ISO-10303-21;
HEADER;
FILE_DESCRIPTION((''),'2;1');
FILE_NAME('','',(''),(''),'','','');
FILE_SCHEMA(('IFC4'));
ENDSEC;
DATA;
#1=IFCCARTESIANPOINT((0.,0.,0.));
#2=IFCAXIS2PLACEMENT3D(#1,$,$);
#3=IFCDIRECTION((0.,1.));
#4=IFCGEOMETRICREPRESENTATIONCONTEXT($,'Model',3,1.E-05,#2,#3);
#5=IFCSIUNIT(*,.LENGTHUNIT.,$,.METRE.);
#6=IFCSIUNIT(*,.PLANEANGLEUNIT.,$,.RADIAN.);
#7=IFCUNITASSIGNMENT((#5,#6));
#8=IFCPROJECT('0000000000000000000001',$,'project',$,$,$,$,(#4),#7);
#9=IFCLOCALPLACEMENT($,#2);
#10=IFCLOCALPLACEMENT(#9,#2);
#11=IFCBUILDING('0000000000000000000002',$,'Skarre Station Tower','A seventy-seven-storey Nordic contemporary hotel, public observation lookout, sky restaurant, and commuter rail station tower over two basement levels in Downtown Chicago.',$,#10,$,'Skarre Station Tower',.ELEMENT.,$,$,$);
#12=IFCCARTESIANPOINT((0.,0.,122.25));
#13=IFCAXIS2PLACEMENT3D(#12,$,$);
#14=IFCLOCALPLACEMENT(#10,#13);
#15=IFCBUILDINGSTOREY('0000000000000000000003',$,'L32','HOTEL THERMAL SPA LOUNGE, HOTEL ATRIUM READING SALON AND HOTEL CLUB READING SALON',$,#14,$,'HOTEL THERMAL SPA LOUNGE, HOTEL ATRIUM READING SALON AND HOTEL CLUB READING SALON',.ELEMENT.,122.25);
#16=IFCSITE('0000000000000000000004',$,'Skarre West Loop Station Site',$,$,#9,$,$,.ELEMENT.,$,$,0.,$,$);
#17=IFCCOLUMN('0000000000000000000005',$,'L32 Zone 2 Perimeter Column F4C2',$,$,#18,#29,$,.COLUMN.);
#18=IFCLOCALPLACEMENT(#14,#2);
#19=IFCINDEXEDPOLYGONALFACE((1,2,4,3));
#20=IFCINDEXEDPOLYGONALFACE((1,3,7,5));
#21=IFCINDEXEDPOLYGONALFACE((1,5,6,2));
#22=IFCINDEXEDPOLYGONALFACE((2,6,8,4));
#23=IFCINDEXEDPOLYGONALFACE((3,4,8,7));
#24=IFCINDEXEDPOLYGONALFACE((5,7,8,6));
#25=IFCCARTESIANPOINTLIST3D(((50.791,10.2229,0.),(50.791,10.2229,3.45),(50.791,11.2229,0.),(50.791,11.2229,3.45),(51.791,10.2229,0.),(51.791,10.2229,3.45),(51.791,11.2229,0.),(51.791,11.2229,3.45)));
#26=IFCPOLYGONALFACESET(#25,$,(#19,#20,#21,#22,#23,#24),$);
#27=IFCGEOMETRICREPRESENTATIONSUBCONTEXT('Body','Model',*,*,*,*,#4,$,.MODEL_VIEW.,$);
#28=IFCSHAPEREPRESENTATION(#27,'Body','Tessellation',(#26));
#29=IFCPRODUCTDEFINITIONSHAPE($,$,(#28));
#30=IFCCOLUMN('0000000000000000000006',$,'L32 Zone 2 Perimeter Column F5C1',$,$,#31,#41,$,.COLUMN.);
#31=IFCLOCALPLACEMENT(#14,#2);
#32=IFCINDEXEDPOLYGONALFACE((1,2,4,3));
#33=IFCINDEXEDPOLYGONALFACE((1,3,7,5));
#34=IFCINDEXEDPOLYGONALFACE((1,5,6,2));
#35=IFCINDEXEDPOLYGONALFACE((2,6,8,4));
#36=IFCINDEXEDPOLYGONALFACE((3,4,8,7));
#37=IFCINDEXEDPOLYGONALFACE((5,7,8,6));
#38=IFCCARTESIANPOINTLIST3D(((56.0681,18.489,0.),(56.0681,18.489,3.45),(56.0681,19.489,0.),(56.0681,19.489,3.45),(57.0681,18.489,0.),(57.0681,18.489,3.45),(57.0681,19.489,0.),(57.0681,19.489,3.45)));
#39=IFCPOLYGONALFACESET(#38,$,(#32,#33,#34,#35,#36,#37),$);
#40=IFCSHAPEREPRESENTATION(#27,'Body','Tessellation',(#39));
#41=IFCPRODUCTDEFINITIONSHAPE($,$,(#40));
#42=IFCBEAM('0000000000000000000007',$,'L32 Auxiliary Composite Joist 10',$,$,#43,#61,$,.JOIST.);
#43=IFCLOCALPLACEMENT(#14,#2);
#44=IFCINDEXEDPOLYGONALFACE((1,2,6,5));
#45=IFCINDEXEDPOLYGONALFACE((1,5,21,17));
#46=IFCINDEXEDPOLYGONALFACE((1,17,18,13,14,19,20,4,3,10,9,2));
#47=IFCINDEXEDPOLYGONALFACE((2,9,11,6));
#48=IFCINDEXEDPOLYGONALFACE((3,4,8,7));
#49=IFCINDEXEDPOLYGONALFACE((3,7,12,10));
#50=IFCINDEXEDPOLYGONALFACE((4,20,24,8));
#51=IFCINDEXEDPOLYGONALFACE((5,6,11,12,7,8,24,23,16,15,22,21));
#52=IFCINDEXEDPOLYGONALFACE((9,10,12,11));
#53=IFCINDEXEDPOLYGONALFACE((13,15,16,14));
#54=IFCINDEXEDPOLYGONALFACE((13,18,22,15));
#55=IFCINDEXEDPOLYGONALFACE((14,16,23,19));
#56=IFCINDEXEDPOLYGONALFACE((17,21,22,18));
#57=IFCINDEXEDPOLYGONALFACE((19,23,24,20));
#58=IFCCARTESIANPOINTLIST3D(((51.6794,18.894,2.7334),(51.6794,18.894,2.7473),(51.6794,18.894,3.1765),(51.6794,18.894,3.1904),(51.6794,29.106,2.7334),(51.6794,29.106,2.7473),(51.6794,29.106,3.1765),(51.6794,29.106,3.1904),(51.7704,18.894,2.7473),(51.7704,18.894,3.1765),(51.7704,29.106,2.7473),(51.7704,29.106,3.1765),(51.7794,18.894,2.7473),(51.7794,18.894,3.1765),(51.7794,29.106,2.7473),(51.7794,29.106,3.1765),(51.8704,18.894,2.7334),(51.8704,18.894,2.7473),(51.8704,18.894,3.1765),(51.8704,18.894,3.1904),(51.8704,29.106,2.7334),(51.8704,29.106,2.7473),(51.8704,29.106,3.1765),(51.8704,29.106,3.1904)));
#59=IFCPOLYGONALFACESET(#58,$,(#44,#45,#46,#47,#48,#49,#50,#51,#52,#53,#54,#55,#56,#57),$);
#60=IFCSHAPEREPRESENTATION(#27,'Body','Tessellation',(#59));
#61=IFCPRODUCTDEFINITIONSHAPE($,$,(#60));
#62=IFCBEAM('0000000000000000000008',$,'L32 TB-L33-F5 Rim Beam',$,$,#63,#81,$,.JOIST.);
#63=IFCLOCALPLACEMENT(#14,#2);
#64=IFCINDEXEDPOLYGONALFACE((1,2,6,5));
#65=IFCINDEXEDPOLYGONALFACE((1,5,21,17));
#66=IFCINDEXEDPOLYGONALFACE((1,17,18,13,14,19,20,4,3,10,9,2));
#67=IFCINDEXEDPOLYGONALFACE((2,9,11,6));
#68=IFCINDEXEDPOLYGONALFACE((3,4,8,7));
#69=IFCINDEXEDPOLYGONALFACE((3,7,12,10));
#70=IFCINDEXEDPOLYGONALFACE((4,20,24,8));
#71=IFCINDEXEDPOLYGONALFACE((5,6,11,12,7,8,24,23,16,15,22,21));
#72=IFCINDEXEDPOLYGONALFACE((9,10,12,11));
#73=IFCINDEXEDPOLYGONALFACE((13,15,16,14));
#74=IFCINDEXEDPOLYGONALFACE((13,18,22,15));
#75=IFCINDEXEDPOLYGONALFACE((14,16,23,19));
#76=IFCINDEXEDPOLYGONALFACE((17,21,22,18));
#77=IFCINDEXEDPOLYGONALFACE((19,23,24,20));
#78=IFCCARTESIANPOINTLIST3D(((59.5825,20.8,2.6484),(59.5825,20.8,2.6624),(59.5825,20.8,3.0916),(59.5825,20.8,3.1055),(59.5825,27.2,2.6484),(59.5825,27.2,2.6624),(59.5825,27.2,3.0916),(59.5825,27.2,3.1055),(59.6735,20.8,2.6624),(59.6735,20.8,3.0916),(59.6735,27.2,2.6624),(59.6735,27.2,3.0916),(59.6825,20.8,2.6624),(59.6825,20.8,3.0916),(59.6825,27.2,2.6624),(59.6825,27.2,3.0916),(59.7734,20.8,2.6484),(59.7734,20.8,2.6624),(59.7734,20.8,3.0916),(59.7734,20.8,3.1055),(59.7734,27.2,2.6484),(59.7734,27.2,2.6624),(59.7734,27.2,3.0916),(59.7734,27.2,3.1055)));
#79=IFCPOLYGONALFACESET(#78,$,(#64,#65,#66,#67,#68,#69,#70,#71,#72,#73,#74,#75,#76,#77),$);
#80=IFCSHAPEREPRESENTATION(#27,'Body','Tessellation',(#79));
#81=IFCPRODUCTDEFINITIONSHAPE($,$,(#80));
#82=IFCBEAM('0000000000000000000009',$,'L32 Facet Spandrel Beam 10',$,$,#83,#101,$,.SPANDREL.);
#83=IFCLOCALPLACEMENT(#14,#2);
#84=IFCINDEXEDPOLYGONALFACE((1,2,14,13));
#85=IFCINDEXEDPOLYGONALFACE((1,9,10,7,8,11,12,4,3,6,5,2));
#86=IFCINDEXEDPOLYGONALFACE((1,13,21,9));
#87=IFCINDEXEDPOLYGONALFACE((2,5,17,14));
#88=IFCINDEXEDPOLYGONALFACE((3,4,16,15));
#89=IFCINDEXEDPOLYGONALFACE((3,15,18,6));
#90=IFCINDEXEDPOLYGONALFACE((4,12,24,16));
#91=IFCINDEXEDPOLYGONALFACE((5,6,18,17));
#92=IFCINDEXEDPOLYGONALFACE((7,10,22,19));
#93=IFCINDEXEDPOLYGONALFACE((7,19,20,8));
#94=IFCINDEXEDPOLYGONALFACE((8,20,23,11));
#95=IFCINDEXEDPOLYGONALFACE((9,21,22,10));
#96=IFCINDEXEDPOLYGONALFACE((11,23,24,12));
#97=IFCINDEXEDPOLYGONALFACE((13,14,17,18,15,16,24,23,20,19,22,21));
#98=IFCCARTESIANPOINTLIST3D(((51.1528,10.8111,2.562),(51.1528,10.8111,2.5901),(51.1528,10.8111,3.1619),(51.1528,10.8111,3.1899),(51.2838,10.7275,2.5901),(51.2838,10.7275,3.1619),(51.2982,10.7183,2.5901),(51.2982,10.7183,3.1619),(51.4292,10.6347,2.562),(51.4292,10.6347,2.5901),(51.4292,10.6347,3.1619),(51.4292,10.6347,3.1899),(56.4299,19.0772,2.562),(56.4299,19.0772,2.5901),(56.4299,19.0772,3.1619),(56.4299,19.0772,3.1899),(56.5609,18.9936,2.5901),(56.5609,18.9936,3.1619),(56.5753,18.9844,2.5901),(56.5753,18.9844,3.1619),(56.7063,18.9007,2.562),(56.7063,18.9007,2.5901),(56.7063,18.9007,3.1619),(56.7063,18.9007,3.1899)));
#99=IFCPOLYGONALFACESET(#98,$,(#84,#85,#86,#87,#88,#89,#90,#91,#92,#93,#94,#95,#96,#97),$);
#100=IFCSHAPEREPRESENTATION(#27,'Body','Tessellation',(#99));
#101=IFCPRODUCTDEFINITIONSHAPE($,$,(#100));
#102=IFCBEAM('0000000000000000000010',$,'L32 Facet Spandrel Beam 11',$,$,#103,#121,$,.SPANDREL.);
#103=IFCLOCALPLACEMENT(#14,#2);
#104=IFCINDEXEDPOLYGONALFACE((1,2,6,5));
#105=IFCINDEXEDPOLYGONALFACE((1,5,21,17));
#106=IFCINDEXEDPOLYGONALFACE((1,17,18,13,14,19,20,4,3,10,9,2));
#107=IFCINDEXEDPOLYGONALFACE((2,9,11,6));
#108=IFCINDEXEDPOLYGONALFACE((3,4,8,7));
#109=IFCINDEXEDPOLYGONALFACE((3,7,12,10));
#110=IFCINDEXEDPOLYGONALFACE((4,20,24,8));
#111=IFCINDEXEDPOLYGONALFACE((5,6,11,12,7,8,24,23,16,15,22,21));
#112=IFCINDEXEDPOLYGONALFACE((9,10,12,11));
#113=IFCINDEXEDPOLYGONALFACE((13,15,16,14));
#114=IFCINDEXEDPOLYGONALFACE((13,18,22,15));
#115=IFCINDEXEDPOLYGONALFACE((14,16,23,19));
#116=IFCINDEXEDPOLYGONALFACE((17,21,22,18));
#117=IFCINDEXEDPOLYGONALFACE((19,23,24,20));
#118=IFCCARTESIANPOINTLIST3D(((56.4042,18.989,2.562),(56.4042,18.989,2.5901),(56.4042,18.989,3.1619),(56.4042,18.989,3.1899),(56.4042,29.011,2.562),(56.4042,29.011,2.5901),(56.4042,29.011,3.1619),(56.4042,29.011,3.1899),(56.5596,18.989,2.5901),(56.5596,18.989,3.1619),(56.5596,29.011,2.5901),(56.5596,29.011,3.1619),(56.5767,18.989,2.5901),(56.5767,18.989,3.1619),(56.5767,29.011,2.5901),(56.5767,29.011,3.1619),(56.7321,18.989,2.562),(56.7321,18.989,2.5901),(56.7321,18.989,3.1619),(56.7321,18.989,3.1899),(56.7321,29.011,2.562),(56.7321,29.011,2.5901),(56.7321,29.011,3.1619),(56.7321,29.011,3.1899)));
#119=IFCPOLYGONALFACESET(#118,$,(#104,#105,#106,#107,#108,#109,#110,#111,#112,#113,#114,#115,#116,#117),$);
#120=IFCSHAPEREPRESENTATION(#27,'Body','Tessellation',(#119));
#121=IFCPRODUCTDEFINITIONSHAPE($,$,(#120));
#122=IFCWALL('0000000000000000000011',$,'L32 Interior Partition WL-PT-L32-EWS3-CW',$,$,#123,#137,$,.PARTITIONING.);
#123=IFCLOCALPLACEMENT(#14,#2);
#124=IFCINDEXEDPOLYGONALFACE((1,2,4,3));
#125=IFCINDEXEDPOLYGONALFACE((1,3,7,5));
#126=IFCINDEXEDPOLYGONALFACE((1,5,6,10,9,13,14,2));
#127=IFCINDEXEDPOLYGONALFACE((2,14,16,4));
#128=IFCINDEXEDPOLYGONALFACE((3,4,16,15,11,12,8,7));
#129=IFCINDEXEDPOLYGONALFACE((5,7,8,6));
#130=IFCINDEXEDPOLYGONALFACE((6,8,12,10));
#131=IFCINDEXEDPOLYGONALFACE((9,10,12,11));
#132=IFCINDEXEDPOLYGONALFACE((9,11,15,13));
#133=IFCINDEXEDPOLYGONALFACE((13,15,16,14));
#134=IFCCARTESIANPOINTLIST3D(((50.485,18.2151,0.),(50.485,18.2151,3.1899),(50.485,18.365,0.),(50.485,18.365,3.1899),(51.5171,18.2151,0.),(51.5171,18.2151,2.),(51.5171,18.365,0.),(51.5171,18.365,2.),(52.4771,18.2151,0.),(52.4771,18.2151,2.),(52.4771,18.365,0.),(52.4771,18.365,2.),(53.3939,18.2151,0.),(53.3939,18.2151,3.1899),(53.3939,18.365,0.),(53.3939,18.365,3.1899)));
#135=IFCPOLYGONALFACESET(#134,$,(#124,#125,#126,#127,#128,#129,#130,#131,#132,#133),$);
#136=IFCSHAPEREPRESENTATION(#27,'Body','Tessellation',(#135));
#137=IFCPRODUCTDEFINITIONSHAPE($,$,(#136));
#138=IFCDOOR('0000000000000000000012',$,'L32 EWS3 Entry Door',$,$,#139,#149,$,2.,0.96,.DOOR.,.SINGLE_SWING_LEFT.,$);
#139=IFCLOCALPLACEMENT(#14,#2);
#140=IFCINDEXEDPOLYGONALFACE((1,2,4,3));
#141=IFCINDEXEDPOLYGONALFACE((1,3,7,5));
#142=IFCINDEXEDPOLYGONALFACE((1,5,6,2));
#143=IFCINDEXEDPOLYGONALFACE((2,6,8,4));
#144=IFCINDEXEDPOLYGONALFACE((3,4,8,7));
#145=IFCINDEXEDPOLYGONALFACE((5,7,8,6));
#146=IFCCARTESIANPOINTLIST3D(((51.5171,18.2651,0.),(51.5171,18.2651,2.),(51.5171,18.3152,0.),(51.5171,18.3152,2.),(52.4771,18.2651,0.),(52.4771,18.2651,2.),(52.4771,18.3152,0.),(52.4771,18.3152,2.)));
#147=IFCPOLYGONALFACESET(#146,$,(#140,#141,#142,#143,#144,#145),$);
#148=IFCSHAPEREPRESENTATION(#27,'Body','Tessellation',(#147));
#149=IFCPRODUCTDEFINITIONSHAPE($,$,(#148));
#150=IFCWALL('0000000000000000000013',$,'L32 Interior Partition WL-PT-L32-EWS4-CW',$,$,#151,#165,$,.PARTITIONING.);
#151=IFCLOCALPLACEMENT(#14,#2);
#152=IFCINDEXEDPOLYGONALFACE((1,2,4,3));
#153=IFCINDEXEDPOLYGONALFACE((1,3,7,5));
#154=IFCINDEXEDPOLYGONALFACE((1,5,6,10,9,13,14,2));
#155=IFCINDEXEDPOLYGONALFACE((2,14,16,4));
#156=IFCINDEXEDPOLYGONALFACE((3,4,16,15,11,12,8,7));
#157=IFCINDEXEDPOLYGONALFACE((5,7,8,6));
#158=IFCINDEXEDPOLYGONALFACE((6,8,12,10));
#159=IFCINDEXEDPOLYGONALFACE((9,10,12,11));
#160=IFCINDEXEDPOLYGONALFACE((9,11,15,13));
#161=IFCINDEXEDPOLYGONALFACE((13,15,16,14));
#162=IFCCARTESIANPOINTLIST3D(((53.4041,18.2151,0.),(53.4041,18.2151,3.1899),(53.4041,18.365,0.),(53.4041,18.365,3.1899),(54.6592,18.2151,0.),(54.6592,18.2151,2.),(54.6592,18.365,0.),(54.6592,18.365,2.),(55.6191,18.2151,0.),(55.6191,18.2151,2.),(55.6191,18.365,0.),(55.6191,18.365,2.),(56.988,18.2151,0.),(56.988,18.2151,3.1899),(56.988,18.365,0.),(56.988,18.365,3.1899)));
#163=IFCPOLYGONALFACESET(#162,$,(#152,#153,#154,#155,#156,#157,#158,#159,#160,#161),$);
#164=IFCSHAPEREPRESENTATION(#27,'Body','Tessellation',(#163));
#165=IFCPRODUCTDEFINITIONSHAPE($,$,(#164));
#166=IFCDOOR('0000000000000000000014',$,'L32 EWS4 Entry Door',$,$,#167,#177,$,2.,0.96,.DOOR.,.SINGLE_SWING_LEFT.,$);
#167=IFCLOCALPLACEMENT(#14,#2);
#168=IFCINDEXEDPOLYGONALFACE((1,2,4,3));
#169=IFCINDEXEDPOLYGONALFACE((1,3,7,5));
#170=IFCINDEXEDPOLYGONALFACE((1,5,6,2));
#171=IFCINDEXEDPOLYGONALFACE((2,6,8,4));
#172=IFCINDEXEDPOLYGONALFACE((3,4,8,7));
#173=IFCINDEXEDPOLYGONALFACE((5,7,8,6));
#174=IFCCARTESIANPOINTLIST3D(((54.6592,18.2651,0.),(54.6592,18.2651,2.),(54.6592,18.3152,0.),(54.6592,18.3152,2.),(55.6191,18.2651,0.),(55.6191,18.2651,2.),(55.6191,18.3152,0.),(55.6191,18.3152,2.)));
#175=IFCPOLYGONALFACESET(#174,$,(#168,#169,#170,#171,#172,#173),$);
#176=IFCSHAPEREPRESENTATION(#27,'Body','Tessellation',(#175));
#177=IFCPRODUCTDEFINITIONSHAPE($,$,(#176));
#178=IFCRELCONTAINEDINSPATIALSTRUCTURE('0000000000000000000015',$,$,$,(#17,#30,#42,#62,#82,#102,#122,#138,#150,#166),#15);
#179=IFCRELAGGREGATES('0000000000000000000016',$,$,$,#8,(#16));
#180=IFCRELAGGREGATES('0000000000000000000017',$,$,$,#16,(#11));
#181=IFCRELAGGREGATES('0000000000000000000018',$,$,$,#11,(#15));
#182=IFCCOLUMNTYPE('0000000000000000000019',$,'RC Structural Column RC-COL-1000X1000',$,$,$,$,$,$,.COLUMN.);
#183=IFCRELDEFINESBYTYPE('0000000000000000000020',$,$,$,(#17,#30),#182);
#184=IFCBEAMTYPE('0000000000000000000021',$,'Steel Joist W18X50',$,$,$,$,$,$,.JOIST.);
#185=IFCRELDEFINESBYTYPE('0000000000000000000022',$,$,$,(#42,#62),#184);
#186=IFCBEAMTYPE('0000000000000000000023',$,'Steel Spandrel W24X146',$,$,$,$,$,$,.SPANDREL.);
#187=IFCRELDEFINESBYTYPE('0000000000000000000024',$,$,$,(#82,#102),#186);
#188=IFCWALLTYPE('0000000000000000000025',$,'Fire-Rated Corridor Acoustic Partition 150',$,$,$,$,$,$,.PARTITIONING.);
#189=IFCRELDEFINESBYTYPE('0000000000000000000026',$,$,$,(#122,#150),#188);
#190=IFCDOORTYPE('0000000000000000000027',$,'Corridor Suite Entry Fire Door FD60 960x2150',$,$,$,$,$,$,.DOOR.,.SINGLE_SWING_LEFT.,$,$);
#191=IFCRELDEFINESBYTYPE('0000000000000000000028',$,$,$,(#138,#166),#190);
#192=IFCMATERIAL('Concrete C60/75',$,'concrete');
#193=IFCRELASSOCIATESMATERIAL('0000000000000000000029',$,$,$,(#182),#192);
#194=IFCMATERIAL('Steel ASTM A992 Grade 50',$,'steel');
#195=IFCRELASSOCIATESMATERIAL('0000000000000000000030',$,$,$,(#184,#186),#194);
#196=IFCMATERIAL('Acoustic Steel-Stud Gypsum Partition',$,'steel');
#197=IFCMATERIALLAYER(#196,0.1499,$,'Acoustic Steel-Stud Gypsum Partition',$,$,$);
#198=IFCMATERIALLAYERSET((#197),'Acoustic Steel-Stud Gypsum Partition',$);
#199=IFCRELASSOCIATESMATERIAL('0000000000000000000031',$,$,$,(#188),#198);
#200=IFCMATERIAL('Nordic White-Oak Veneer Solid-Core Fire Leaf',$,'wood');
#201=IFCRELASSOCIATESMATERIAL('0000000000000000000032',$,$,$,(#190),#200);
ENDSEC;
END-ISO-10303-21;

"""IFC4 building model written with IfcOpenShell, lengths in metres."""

from ifc_helpers import new_model, si_unit, direction, frame, frame_2d, origin, origin_2d, place, context, subcontext, project, spatial, rectangle, i_section, extrude, material, layer, layer_set, material_profile, profile_set, type_object, element, fill, save


model = new_model("IFC4")

# Units and contexts
model_context = context("Model", 3, precision=1e-05, world=origin(), true_north=direction((0.0, 1.0)))
body_context = subcontext(model_context, "Body", "Model", "MODEL_VIEW")
ifc_project = project(units=[si_unit("LENGTHUNIT", "METRE"), si_unit("PLANEANGLEUNIT", "RADIAN")], contexts=[model_context])

# Site, building, storey
site_placement = place(None, origin())
site = spatial("IfcSite", under=ifc_project, at=site_placement, Name="Skarre West Loop Station Site", CompositionType="ELEMENT", RefElevation=0.0)
building_placement = place(site_placement, origin())
building = spatial("IfcBuilding", under=site, at=building_placement, Name="Skarre Station Tower", Description="A seventy-seven-storey Nordic contemporary hotel, public observation lookout, sky restaurant, and commuter rail station tower over two basement levels in Downtown Chicago.", LongName="Skarre Station Tower", CompositionType="ELEMENT")
storey_placement = place(building_placement, frame((0.0, 0.0, 122.25)))
storey = spatial("IfcBuildingStorey", under=building, at=storey_placement, Name="L32", Description="HOTEL THERMAL SPA LOUNGE, HOTEL ATRIUM READING SALON AND HOTEL CLUB READING SALON", LongName="HOTEL THERMAL SPA LOUNGE, HOTEL ATRIUM READING SALON AND HOTEL CLUB READING SALON", CompositionType="ELEMENT", Elevation=122.25)

# Columns
ifc_material_1 = material(Name="Concrete C60/75", Category="concrete")
ifc_material_profile_1 = material_profile(ifc_material_1, rectangle(XDim=1.0, YDim=1.0, at=origin_2d()), Name="Concrete C60/75")
ifc_profile_set_1 = profile_set([ifc_material_profile_1], Name="Concrete C60/75")
column_type = type_object("IfcColumnType", Name="RC Structural Column RC-COL-1000X1000", PredefinedType="COLUMN", material=ifc_profile_set_1)
for number, where, z_axis, x_axis, name in (
    (1, (51.291, 10.7229, 0.0), (0.0, 0.0, 1.0), (1.0, 0.0, 0.0), "L32 Zone 2 Perimeter Column F4C2"),
    (2, (56.5681, 18.989, 0.0), (0.0, 0.0, 1.0), (1.0, 0.0, 0.0), "L32 Zone 2 Perimeter Column F5C1"),
):
    element("IfcColumn", number, at=place(storey_placement, frame(where, z_axis=z_axis, x_axis=x_axis)), inside=storey, type_object=column_type, Name=name, PredefinedType="COLUMN", context=body_context, shape_type="SweptSolid", body=[
        extrude(rectangle(XDim=1.0, YDim=1.0, at=origin_2d()), origin(), (0.0, 0.0, 1.0), 3.45),
    ])

# Beams
ifc_material_2 = material(Name="Steel ASTM A992 Grade 50", Category="steel")
ifc_material_profile_2 = material_profile(ifc_material_2, i_section(OverallWidth=0.1909, OverallDepth=0.457, WebThickness=0.009, FlangeThickness=0.0139, at=origin_2d()), Name="Steel ASTM A992 Grade 50")
ifc_profile_set_2 = profile_set([ifc_material_profile_2], Name="Steel ASTM A992 Grade 50")
beam_type_1 = type_object("IfcBeamType", Name="Steel Joist W18X50", PredefinedType="JOIST", material=ifc_profile_set_2)
beam_1_placement = place(storey_placement, frame((51.7749, 18.894, 2.9619), z_axis=(0.0, 1.0, 0.0), x_axis=(-1.0, 0.0, 0.0)))
element("IfcBeam", 3, at=beam_1_placement, inside=storey, type_object=beam_type_1, Name="L32 Auxiliary Composite Joist 10", PredefinedType="JOIST", context=body_context, shape_type="SweptSolid", body=[
    extrude(i_section(OverallWidth=0.1909, OverallDepth=0.457, WebThickness=0.009, FlangeThickness=0.0139, at=origin_2d()), origin(), (0.0, 0.0, 1.0), 10.2119),
])
beam_2_placement = place(storey_placement, frame((59.678, 20.8, 2.877), z_axis=(0.0, 1.0, 0.0), x_axis=(-1.0, 0.0, 0.0)))
element("IfcBeam", 4, at=beam_2_placement, inside=storey, type_object=beam_type_1, Name="L32 TB-L33-F5 Rim Beam", PredefinedType="JOIST", context=body_context, shape_type="SweptSolid", body=[
    extrude(i_section(OverallWidth=0.1909, OverallDepth=0.457, WebThickness=0.009, FlangeThickness=0.0139, at=origin_2d()), origin(), (0.0, 0.0, 1.0), 6.3999),
])
ifc_material_profile_3 = material_profile(ifc_material_2, i_section(OverallWidth=0.3279, OverallDepth=0.6279, WebThickness=0.0171, FlangeThickness=0.0281, at=origin_2d()), Name="Steel ASTM A992 Grade 50")
ifc_profile_set_3 = profile_set([ifc_material_profile_3], Name="Steel ASTM A992 Grade 50")
beam_type_2 = type_object("IfcBeamType", Name="Steel Spandrel W24X146", PredefinedType="SPANDREL", material=ifc_profile_set_3)
beam_3_placement = place(storey_placement, frame((51.291, 10.7229, 2.876), z_axis=(0.538098, 0.842883, 0.0), x_axis=(-0.842883, 0.538098, 0.0)))
element("IfcBeam", 5, at=beam_3_placement, inside=storey, type_object=beam_type_2, Name="L32 Facet Spandrel Beam 10", PredefinedType="SPANDREL", context=body_context, shape_type="SweptSolid", body=[
    extrude(i_section(OverallWidth=0.3279, OverallDepth=0.6279, WebThickness=0.0171, FlangeThickness=0.0281, at=origin_2d()), origin(), (0.0, 0.0, 1.0), 9.8069),
])
beam_4_placement = place(storey_placement, frame((56.5681, 18.989, 2.876), z_axis=(0.0, 1.0, 0.0), x_axis=(-1.0, 0.0, 0.0)))
element("IfcBeam", 6, at=beam_4_placement, inside=storey, type_object=beam_type_2, Name="L32 Facet Spandrel Beam 11", PredefinedType="SPANDREL", context=body_context, shape_type="SweptSolid", body=[
    extrude(i_section(OverallWidth=0.3279, OverallDepth=0.6279, WebThickness=0.0171, FlangeThickness=0.0281, at=origin_2d()), origin(), (0.0, 0.0, 1.0), 10.022),
])

# Walls, openings, doors
ifc_material_3 = material(Name="Acoustic Steel-Stud Gypsum Partition", Category="steel")
ifc_layer_1 = layer(ifc_material_3, 0.1499, Name="Acoustic Steel-Stud Gypsum Partition")
ifc_layer_set_1 = layer_set([ifc_layer_1], Name="Acoustic Steel-Stud Gypsum Partition")
wall_type_1 = type_object("IfcWallType", Name="Fire-Rated Corridor Acoustic Partition 150", PredefinedType="PARTITIONING", material=ifc_layer_set_1)
wall_1_placement = place(storey_placement, frame((53.394, 18.29, 0.0), z_axis=(0.0, 0.0, 1.0), x_axis=(-1.0, 0.0, 0.0)))
wall_1 = element("IfcWall", 7, at=wall_1_placement, inside=storey, type_object=wall_type_1, Name="L32 Interior Partition WL-PT-L32-EWS3-CW", PredefinedType="PARTITIONING", context=body_context, shape_type="SweptSolid", body=[
    extrude(rectangle(XDim=2.9089, YDim=0.1499, at=frame_2d((1.4546, 0.0))), origin(), (0.0, 0.0, 1.0), 3.1899),
])
opening_1_placement = place(wall_1_placement, frame((0.917, 0.0, 0.0)))
opening_1 = element("IfcOpeningElement", 8, at=opening_1_placement, cuts=wall_1, PredefinedType="OPENING", context=body_context, shape_type="SweptSolid", body=[
    extrude(rectangle(XDim=0.96, YDim=2.0, at=frame_2d((0.48, 1.0))), frame((0.0, 0.085, 0.0), z_axis=(0.0, -1.0, 0.0), x_axis=(1.0, 0.0, 0.0)), (0.0, 0.0, 1.0), 0.1699),
])
ifc_material_4 = material(Name="Nordic White-Oak Veneer Solid-Core Fire Leaf", Category="wood")
door_type = type_object("IfcDoorType", Name="Corridor Suite Entry Fire Door FD60 960x2150", OperationType="SINGLE_SWING_LEFT", PredefinedType="DOOR", material=ifc_material_4)
door_1_placement = place(opening_1_placement, origin())
door_1 = element("IfcDoor", 9, at=door_1_placement, inside=storey, type_object=door_type, Name="L32 EWS3 Entry Door", OperationType="SINGLE_SWING_LEFT", OverallHeight=2.0, OverallWidth=0.96, PredefinedType="DOOR", context=body_context, shape_type="SweptSolid", body=[
    extrude(rectangle(XDim=0.96, YDim=2.0, at=frame_2d((0.48, 1.0))), frame((0.0, 0.0249, 0.0), z_axis=(0.0, -1.0, 0.0), x_axis=(1.0, 0.0, 0.0)), (0.0, 0.0, 1.0), 0.05),
])
fill(opening_1, door_1)
wall_2_placement = place(storey_placement, frame((56.988, 18.29, 0.0), z_axis=(0.0, 0.0, 1.0), x_axis=(-1.0, 0.0, 0.0)))
wall_2 = element("IfcWall", 10, at=wall_2_placement, inside=storey, type_object=wall_type_1, Name="L32 Interior Partition WL-PT-L32-EWS4-CW", PredefinedType="PARTITIONING", context=body_context, shape_type="SweptSolid", body=[
    extrude(rectangle(XDim=3.584, YDim=0.1499, at=frame_2d((1.792, 0.0))), origin(), (0.0, 0.0, 1.0), 3.1899),
])
opening_2_placement = place(wall_2_placement, frame((1.3689, 0.0, 0.0)))
opening_2 = element("IfcOpeningElement", 11, at=opening_2_placement, cuts=wall_2, PredefinedType="OPENING", context=body_context, shape_type="SweptSolid", body=[
    extrude(rectangle(XDim=0.96, YDim=2.0, at=frame_2d((0.48, 1.0))), frame((0.0, 0.085, 0.0), z_axis=(0.0, -1.0, 0.0), x_axis=(1.0, 0.0, 0.0)), (0.0, 0.0, 1.0), 0.1699),
])
door_2_placement = place(opening_2_placement, origin())
door_2 = element("IfcDoor", 12, at=door_2_placement, inside=storey, type_object=door_type, Name="L32 EWS4 Entry Door", OperationType="SINGLE_SWING_LEFT", OverallHeight=2.0, OverallWidth=0.96, PredefinedType="DOOR", context=body_context, shape_type="SweptSolid", body=[
    extrude(rectangle(XDim=0.96, YDim=2.0, at=frame_2d((0.48, 1.0))), frame((0.0, 0.0249, 0.0), z_axis=(0.0, -1.0, 0.0), x_axis=(1.0, 0.0, 0.0)), (0.0, 0.0, 1.0), 0.05),
])
fill(opening_2, door_2)

save(model, "model.ifc")
